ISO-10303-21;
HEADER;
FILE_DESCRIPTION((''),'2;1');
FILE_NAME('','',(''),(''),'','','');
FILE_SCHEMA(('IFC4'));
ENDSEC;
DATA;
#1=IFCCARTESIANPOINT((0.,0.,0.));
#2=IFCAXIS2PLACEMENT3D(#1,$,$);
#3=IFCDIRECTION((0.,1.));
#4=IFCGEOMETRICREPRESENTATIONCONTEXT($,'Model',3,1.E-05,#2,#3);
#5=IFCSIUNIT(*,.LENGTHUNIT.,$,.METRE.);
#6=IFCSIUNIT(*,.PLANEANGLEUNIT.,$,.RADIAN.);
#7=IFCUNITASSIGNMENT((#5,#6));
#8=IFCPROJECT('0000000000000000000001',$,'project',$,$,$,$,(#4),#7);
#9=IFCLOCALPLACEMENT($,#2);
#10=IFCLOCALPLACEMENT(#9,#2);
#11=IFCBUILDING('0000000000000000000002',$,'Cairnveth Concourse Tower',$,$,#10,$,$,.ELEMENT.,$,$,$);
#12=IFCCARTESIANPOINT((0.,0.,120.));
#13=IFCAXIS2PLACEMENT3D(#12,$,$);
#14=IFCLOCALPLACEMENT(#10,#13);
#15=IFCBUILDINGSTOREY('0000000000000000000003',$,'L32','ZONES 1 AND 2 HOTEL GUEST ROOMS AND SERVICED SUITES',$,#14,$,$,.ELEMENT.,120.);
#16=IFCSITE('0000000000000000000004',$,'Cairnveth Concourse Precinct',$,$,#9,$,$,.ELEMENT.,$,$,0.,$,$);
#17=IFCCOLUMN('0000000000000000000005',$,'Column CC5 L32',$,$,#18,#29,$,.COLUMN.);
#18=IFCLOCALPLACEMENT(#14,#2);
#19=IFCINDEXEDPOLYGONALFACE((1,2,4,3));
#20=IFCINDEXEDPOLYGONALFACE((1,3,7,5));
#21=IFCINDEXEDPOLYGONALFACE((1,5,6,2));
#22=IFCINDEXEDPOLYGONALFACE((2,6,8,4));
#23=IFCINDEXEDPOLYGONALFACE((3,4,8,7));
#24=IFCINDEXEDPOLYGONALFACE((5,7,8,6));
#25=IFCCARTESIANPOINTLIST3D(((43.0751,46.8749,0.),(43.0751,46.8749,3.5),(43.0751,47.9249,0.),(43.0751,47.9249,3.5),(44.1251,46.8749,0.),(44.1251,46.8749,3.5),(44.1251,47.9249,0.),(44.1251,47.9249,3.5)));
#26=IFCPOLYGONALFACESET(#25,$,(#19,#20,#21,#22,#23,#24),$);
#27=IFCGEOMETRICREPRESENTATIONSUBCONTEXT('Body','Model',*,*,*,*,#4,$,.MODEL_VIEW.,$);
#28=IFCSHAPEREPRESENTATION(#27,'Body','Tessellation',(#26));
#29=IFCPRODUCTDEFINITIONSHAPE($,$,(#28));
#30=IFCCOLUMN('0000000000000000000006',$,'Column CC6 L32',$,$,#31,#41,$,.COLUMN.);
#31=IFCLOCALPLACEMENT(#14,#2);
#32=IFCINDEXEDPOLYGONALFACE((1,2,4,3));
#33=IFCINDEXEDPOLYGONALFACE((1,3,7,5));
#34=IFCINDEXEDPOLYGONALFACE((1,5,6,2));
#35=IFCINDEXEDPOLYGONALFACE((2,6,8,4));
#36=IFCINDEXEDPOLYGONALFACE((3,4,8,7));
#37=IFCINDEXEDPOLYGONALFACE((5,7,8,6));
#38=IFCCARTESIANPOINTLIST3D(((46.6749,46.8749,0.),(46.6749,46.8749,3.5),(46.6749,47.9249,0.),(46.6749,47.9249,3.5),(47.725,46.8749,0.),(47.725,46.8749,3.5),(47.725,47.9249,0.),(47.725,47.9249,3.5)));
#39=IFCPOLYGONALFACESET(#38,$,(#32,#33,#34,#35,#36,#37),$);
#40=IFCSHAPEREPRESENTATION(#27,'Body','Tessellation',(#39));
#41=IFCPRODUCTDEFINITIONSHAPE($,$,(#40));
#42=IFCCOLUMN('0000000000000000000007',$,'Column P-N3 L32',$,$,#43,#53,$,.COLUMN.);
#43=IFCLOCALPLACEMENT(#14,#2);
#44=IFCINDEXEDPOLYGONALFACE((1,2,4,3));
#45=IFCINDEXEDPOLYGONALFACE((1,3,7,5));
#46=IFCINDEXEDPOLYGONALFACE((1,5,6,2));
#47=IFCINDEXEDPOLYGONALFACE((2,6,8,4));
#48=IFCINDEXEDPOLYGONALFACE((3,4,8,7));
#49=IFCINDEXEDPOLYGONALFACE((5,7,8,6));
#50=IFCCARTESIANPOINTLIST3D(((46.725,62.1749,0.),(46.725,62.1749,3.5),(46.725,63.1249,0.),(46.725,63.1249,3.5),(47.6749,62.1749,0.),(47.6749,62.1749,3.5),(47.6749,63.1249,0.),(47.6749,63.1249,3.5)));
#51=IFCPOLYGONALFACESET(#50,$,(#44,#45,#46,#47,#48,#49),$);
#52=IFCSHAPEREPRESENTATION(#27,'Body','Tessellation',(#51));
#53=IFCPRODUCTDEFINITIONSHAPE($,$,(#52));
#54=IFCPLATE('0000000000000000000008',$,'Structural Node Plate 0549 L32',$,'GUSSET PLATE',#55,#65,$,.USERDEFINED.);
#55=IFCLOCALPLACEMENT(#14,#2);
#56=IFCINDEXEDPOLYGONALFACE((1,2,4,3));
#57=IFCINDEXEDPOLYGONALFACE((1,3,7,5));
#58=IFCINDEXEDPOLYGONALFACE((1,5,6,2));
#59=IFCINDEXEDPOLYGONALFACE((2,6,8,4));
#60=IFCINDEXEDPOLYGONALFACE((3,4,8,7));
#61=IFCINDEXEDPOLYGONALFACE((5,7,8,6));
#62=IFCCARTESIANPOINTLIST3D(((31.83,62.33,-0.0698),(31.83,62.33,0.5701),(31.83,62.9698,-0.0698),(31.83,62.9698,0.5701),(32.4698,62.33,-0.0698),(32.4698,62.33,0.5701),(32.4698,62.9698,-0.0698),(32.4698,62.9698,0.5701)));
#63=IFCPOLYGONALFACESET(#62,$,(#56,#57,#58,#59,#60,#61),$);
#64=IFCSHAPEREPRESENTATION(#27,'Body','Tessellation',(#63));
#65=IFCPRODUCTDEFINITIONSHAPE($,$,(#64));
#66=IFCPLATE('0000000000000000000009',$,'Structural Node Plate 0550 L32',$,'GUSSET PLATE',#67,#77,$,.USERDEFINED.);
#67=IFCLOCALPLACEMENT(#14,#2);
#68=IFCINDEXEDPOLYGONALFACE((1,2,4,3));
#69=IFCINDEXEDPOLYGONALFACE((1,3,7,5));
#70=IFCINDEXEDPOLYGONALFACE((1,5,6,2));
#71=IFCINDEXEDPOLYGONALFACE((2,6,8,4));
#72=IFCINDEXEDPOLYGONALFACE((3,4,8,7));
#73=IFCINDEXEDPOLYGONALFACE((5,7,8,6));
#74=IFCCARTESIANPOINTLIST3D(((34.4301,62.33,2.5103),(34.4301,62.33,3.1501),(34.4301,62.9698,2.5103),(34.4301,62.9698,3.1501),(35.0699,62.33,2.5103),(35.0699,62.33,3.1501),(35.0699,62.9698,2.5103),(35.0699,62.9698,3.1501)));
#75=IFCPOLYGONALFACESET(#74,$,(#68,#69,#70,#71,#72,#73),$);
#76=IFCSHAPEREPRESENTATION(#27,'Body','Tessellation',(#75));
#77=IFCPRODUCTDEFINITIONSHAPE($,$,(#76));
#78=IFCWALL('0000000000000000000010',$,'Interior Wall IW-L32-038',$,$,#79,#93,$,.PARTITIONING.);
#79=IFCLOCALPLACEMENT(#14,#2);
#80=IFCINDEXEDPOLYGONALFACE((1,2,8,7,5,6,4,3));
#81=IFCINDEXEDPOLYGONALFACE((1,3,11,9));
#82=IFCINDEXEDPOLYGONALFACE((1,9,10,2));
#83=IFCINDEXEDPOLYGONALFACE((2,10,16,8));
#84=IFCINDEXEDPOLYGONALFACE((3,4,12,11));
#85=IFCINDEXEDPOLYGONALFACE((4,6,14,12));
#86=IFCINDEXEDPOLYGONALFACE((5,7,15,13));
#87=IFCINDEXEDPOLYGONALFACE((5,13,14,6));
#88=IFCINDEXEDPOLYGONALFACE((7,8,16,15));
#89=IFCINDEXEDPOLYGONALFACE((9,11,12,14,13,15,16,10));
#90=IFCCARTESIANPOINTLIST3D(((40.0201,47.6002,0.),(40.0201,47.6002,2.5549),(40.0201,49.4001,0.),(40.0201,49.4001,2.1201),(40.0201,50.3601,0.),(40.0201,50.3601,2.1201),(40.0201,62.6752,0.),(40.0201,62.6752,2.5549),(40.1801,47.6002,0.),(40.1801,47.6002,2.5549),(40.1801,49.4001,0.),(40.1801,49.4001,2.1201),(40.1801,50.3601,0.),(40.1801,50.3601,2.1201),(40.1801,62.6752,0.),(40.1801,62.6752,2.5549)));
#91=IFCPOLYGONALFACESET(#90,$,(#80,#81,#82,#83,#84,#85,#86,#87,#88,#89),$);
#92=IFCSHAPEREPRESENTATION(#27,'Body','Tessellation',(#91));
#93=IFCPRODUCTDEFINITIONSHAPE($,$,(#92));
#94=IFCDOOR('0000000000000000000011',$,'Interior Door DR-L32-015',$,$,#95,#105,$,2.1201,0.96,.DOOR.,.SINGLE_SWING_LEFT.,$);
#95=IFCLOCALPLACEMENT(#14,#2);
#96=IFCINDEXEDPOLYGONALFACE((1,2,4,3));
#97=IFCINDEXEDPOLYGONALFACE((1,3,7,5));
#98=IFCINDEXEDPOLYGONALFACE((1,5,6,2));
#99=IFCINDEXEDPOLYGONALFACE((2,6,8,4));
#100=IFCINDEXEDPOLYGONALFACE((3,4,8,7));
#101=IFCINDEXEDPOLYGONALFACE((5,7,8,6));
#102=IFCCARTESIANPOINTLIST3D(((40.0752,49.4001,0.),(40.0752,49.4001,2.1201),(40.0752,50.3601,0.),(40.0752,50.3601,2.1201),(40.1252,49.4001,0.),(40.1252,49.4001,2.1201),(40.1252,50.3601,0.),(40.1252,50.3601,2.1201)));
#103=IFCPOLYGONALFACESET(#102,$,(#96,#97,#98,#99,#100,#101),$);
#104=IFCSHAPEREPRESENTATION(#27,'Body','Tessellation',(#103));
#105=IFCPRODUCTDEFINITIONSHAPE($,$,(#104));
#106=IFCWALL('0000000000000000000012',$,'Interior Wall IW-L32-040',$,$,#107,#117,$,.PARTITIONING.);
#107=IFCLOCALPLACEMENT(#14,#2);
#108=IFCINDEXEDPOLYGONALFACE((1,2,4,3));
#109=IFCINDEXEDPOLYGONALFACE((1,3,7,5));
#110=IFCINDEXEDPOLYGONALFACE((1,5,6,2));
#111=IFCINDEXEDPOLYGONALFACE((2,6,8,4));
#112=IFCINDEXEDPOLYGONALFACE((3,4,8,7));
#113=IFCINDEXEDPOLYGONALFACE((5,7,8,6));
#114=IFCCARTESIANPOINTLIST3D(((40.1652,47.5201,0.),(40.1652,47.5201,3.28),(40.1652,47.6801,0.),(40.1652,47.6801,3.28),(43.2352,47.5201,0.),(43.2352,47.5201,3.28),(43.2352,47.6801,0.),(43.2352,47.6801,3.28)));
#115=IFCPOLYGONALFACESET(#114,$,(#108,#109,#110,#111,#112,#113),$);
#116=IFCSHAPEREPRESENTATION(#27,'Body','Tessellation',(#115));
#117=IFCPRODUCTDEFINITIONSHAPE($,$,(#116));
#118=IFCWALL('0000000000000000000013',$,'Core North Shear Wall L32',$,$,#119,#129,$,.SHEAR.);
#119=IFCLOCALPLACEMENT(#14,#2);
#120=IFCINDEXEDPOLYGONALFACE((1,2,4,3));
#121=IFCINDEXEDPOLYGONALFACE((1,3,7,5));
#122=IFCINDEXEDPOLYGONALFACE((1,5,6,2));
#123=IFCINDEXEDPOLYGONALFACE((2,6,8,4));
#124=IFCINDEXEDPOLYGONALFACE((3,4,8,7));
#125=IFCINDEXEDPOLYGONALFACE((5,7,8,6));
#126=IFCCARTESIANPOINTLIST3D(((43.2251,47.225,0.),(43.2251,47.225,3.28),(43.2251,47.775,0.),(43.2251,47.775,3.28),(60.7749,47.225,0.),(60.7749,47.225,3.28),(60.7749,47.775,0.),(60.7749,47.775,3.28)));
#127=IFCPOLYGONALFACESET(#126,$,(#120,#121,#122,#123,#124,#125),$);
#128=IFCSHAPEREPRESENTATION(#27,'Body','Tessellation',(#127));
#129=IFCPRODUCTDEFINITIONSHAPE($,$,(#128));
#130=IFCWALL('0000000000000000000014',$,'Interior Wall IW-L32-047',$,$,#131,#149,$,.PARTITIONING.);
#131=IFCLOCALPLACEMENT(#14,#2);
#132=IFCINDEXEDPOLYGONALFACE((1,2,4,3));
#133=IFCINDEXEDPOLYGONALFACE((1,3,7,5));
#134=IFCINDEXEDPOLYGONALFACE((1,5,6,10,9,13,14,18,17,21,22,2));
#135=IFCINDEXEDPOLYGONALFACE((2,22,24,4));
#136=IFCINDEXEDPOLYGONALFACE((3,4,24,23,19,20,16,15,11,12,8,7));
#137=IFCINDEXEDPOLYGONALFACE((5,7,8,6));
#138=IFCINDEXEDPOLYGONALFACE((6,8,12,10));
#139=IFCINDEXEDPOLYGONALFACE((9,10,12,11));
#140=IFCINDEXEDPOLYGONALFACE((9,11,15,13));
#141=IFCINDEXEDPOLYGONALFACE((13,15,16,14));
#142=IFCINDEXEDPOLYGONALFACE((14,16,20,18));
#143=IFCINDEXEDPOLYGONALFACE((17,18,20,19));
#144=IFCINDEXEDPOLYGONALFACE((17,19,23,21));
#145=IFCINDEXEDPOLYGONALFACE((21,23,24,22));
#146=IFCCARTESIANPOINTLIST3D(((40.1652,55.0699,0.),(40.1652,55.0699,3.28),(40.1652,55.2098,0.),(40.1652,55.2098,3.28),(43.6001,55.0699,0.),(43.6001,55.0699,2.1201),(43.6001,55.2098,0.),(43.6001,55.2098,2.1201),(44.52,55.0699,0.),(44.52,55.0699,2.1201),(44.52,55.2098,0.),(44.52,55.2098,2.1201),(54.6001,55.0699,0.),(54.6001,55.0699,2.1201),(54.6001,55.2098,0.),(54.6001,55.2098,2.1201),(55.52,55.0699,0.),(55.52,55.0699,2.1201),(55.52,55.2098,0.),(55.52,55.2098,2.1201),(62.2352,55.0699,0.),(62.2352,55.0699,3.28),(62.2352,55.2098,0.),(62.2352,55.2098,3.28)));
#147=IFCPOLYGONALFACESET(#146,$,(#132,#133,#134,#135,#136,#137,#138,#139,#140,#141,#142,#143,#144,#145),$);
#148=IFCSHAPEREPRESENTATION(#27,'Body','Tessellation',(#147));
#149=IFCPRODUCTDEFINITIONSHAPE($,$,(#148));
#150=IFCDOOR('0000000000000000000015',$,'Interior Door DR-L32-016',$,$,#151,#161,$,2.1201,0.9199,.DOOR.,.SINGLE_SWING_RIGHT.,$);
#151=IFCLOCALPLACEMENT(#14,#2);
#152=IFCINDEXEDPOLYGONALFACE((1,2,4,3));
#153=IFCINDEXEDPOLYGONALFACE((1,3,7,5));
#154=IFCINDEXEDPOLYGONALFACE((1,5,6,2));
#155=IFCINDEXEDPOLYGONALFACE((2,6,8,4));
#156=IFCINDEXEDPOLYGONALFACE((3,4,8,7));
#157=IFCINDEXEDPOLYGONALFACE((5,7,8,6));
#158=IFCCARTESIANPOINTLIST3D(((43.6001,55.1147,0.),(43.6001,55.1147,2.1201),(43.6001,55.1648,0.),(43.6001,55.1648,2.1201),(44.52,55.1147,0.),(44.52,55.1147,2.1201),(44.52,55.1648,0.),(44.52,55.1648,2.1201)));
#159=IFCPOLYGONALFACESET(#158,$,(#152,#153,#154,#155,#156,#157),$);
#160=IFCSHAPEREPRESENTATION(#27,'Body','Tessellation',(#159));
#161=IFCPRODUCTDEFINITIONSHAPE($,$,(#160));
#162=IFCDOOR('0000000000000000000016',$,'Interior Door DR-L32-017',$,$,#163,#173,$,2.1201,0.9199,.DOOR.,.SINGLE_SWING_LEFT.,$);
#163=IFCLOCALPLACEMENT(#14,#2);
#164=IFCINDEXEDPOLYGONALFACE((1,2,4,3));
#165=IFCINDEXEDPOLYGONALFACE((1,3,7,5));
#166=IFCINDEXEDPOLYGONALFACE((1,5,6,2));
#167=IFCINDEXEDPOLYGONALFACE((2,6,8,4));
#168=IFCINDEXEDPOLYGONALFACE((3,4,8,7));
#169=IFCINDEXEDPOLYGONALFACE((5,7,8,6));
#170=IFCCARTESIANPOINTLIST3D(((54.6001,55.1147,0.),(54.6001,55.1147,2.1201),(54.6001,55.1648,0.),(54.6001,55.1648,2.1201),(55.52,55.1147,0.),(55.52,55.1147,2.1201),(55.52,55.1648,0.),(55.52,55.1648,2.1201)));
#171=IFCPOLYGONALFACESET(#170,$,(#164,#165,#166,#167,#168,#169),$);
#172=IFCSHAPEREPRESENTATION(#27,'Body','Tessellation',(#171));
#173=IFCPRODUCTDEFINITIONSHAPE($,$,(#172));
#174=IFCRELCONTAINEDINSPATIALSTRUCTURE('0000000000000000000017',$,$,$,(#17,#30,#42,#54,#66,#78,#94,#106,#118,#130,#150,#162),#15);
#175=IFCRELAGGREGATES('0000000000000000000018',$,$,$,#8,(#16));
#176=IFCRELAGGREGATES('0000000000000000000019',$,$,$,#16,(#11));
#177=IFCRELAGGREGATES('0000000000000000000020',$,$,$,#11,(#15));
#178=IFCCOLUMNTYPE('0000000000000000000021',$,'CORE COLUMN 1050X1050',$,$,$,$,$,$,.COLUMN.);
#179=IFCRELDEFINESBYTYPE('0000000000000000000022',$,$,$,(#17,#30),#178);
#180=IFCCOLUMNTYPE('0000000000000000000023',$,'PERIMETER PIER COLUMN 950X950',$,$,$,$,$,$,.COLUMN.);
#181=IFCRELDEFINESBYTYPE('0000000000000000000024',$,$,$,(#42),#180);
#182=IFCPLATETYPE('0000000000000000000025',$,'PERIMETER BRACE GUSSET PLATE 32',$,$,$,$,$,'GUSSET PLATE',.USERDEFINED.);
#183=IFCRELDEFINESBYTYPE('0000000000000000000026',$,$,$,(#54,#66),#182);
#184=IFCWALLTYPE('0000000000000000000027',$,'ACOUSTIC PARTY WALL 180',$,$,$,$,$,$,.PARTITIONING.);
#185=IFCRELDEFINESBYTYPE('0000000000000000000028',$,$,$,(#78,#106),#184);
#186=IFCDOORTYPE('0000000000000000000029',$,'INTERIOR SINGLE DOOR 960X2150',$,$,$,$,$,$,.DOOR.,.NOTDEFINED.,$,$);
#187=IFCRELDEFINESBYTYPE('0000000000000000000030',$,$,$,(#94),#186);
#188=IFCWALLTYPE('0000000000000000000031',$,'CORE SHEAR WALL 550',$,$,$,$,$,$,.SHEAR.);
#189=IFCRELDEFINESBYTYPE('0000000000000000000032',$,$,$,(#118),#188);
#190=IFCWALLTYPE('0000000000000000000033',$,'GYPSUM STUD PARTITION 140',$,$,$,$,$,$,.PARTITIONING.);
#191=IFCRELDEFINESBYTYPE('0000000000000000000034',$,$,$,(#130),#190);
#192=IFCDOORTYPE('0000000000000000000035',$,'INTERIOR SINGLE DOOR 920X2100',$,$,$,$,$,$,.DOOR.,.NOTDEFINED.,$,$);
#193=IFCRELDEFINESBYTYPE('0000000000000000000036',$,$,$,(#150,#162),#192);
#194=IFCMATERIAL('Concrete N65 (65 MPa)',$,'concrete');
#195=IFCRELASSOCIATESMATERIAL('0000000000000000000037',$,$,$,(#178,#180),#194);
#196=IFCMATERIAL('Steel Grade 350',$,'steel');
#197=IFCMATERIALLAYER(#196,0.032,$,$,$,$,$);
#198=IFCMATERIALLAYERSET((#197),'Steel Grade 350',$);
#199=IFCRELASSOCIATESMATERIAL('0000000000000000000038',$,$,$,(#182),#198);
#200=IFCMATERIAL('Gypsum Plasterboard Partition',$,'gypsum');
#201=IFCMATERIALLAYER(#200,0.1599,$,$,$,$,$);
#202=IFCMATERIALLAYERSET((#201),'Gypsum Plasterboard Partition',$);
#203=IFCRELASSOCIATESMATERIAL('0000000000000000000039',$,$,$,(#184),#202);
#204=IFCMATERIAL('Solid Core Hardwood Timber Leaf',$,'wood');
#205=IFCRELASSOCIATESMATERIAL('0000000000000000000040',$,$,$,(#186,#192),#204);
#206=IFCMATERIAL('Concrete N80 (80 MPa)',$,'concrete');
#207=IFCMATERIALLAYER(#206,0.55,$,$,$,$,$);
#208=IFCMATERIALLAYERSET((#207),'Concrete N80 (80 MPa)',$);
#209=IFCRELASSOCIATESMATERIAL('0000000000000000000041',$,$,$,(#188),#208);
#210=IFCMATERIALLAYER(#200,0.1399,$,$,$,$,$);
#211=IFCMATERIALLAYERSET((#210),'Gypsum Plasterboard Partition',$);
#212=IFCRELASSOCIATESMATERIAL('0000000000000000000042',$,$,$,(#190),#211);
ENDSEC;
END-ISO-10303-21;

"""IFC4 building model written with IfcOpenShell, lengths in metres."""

from ifc_helpers import new_model, si_unit, direction, frame, frame_2d, origin, origin_2d, place, context, subcontext, project, spatial, rectangle, extrude, material, layer, layer_set, material_profile, profile_set, type_object, element, fill, save


model = new_model("IFC4")

# Units and contexts
model_context = context("Model", 3, precision=1e-05, world=origin(), true_north=direction((0.0, 1.0)))
body_context = subcontext(model_context, "Body", "Model", "MODEL_VIEW")
ifc_project = project(units=[si_unit("LENGTHUNIT", "METRE"), si_unit("PLANEANGLEUNIT", "RADIAN")], contexts=[model_context])

# Site, building, storey
site_placement = place(None, origin())
site = spatial("IfcSite", under=ifc_project, at=site_placement, Name="Cairnveth Concourse Precinct", CompositionType="ELEMENT", RefElevation=0.0)
building_placement = place(site_placement, origin())
building = spatial("IfcBuilding", under=site, at=building_placement, Name="Cairnveth Concourse Tower", CompositionType="ELEMENT")
storey_placement = place(building_placement, frame((0.0, 0.0, 120.0)))
storey = spatial("IfcBuildingStorey", under=building, at=storey_placement, Name="L32", Description="ZONES 1 AND 2 HOTEL GUEST ROOMS AND SERVICED SUITES", CompositionType="ELEMENT", Elevation=120.0)

# Columns
ifc_material_1 = material(Name="Concrete N65 (65 MPa)", Category="concrete")
ifc_material_profile_1 = material_profile(ifc_material_1, rectangle(XDim=1.05, YDim=1.05, at=origin_2d()), Name="RC-COL-1050x1050")
ifc_profile_set_1 = profile_set([ifc_material_profile_1], Name="Concrete N65 (65 MPa)")
column_type_1 = type_object("IfcColumnType", Name="CORE COLUMN 1050X1050", PredefinedType="COLUMN", material=ifc_profile_set_1)
for number, where, z_axis, x_axis, name in (
    (1, (43.6001, 47.3999, 0.0), (0.0, 0.0, 1.0), (1.0, 0.0, 0.0), "Column CC5 L32"),
    (2, (47.2, 47.3999, 0.0), (0.0, 0.0, 1.0), (1.0, 0.0, 0.0), "Column CC6 L32"),
):
    element("IfcColumn", number, at=place(storey_placement, frame(where, z_axis=z_axis, x_axis=x_axis)), inside=storey, type_object=column_type_1, Name=name, PredefinedType="COLUMN", context=body_context, shape_type="SweptSolid", body=[
        extrude(rectangle(XDim=1.05, YDim=1.05, at=origin_2d()), origin(), (0.0, 0.0, 1.0), 3.5),
    ])
ifc_material_profile_2 = material_profile(ifc_material_1, rectangle(XDim=0.95, YDim=0.95, at=origin_2d()), Name="RC-COL-950x950")
ifc_profile_set_2 = profile_set([ifc_material_profile_2], Name="Concrete N65 (65 MPa)")
column_type_2 = type_object("IfcColumnType", Name="PERIMETER PIER COLUMN 950X950", PredefinedType="COLUMN", material=ifc_profile_set_2)
column_placement = place(storey_placement, frame((47.2, 62.6499, 0.0), z_axis=(0.0, 0.0, 1.0), x_axis=(1.0, 0.0, 0.0)))
element("IfcColumn", 3, at=column_placement, inside=storey, type_object=column_type_2, Name="Column P-N3 L32", PredefinedType="COLUMN", context=body_context, shape_type="SweptSolid", body=[
    extrude(rectangle(XDim=0.95, YDim=0.95, at=origin_2d()), origin(), (0.0, 0.0, 1.0), 3.5),
])

# Plates
ifc_material_2 = material(Name="Steel Grade 350", Category="steel")
ifc_layer_1 = layer(ifc_material_2, 0.032)
ifc_layer_set_1 = layer_set([ifc_layer_1], Name="Steel Grade 350")
plate_type = type_object("IfcPlateType", Name="PERIMETER BRACE GUSSET PLATE 32", ElementType="GUSSET PLATE", PredefinedType="USERDEFINED", material=ifc_layer_set_1)
for number, where, z_axis, x_axis, name in (
    (4, (32.1499, 62.6499, -0.0698), (0.0, 0.0, 1.0), (1.0, 0.0, 0.0), "Structural Node Plate 0549 L32"),
    (5, (34.75, 62.6499, 2.5103), (0.0, 0.0, 1.0), (1.0, 0.0, 0.0), "Structural Node Plate 0550 L32"),
):
    element("IfcPlate", number, at=place(storey_placement, frame(where, z_axis=z_axis, x_axis=x_axis)), inside=storey, type_object=plate_type, Name=name, ObjectType="GUSSET PLATE", PredefinedType="USERDEFINED", context=body_context, shape_type="SweptSolid", body=[
        extrude(rectangle(XDim=0.6399, YDim=0.6399, at=origin_2d()), origin(), (0.0, 0.0, 1.0), 0.6399),
    ])

# Wall, opening, door
ifc_material_3 = material(Name="Gypsum Plasterboard Partition", Category="gypsum")
ifc_layer_2 = layer(ifc_material_3, 0.1599)
ifc_layer_set_2 = layer_set([ifc_layer_2], Name="Gypsum Plasterboard Partition")
wall_type_1 = type_object("IfcWallType", Name="ACOUSTIC PARTY WALL 180", PredefinedType="PARTITIONING", material=ifc_layer_set_2)
wall_1_placement = place(storey_placement, frame((40.1001, 47.6001, 0.0), z_axis=(0.0, 0.0, 1.0), x_axis=(0.0, 1.0, 0.0)))
wall_1 = element("IfcWall", 6, at=wall_1_placement, inside=storey, type_object=wall_type_1, Name="Interior Wall IW-L32-038", PredefinedType="PARTITIONING", context=body_context, shape_type="SweptSolid", body=[
    extrude(rectangle(XDim=15.075, YDim=0.1599, at=frame_2d((7.5376, 0.0))), origin(), (0.0, 0.0, 1.0), 2.5549),
])
opening_1_placement = place(wall_1_placement, frame((1.8, 0.0, 0.0)))
opening_1 = element("IfcOpeningElement", 7, at=opening_1_placement, cuts=wall_1, PredefinedType="OPENING", context=body_context, shape_type="SweptSolid", body=[
    extrude(rectangle(XDim=0.96, YDim=2.1201, at=frame_2d((0.48, 1.0601))), frame((0.0, 0.0898, 0.0), z_axis=(0.0, -1.0, 0.0), x_axis=(1.0, 0.0, 0.0)), (0.0, 0.0, 1.0), 0.1799),
])
ifc_material_4 = material(Name="Solid Core Hardwood Timber Leaf", Category="wood")
door_type_1 = type_object("IfcDoorType", Name="INTERIOR SINGLE DOOR 960X2150", OperationType="NOTDEFINED", PredefinedType="DOOR", material=ifc_material_4)
door_1_placement = place(opening_1_placement, origin())
door_1 = element("IfcDoor", 8, at=door_1_placement, inside=storey, type_object=door_type_1, Name="Interior Door DR-L32-015", OperationType="SINGLE_SWING_LEFT", OverallHeight=2.1201, OverallWidth=0.96, PredefinedType="DOOR", context=body_context, shape_type="SweptSolid", body=[
    extrude(rectangle(XDim=0.96, YDim=2.1201, at=frame_2d((0.48, 1.0601))), frame((0.0, 0.0249, 0.0), z_axis=(0.0, -1.0, 0.0), x_axis=(1.0, 0.0, 0.0)), (0.0, 0.0, 1.0), 0.05),
])
fill(opening_1, door_1)

# Walls
wall_2_placement = place(storey_placement, frame((40.165, 47.6001, 0.0), z_axis=(0.0, 0.0, 1.0), x_axis=(1.0, 0.0, 0.0)))
element("IfcWall", 9, at=wall_2_placement, inside=storey, type_object=wall_type_1, Name="Interior Wall IW-L32-040", PredefinedType="PARTITIONING", context=body_context, shape_type="SweptSolid", body=[
    extrude(rectangle(XDim=3.0701, YDim=0.1599, at=frame_2d((1.5352, 0.0))), origin(), (0.0, 0.0, 1.0), 3.28),
])
ifc_material_5 = material(Name="Concrete N80 (80 MPa)", Category="concrete")
ifc_layer_3 = layer(ifc_material_5, 0.55)
ifc_layer_set_3 = layer_set([ifc_layer_3], Name="Concrete N80 (80 MPa)")
wall_type_2 = type_object("IfcWallType", Name="CORE SHEAR WALL 550", PredefinedType="SHEAR", material=ifc_layer_set_3)
wall_3_placement = place(storey_placement, frame((43.2251, 47.5, 0.0), z_axis=(0.0, 0.0, 1.0), x_axis=(1.0, 0.0, 0.0)))
element("IfcWall", 10, at=wall_3_placement, inside=storey, type_object=wall_type_2, Name="Core North Shear Wall L32", PredefinedType="SHEAR", context=body_context, shape_type="SweptSolid", body=[
    extrude(rectangle(XDim=17.5498, YDim=0.55, at=frame_2d((8.7749, 0.0))), origin(), (0.0, 0.0, 1.0), 3.28),
])

# Wall, openings, doors
ifc_layer_4 = layer(ifc_material_3, 0.1399)
ifc_layer_set_4 = layer_set([ifc_layer_4], Name="Gypsum Plasterboard Partition")
wall_type_3 = type_object("IfcWallType", Name="GYPSUM STUD PARTITION 140", PredefinedType="PARTITIONING", material=ifc_layer_set_4)
wall_4_placement = place(storey_placement, frame((40.165, 55.1399, 0.0), z_axis=(0.0, 0.0, 1.0), x_axis=(1.0, 0.0, 0.0)))
wall_4 = element("IfcWall", 11, at=wall_4_placement, inside=storey, type_object=wall_type_3, Name="Interior Wall IW-L32-047", PredefinedType="PARTITIONING", context=body_context, shape_type="SweptSolid", body=[
    extrude(rectangle(XDim=22.0701, YDim=0.1399, at=frame_2d((11.0352, 0.0))), origin(), (0.0, 0.0, 1.0), 3.28),
])
opening_2_placement = place(wall_4_placement, frame((3.4351, 0.0, 0.0)))
opening_2 = element("IfcOpeningElement", 12, at=opening_2_placement, cuts=wall_4, PredefinedType="OPENING", context=body_context, shape_type="SweptSolid", body=[
    extrude(rectangle(XDim=0.9199, YDim=2.1201, at=frame_2d((0.46, 1.0601))), frame((0.0, 0.0798, 0.0), z_axis=(0.0, -1.0, 0.0), x_axis=(1.0, 0.0, 0.0)), (0.0, 0.0, 1.0), 0.1599),
])
opening_3_placement = place(wall_4_placement, frame((14.4351, 0.0, 0.0)))
opening_3 = element("IfcOpeningElement", 13, at=opening_3_placement, cuts=wall_4, PredefinedType="OPENING", context=body_context, shape_type="SweptSolid", body=[
    extrude(rectangle(XDim=0.9199, YDim=2.1201, at=frame_2d((0.46, 1.0601))), frame((0.0, 0.0798, 0.0), z_axis=(0.0, -1.0, 0.0), x_axis=(1.0, 0.0, 0.0)), (0.0, 0.0, 1.0), 0.1599),
])
door_type_2 = type_object("IfcDoorType", Name="INTERIOR SINGLE DOOR 920X2100", OperationType="NOTDEFINED", PredefinedType="DOOR", material=ifc_material_4)
door_2_placement = place(opening_2_placement, origin())
door_2 = element("IfcDoor", 14, at=door_2_placement, inside=storey, type_object=door_type_2, Name="Interior Door DR-L32-016", OperationType="SINGLE_SWING_RIGHT", OverallHeight=2.1201, OverallWidth=0.9199, PredefinedType="DOOR", context=body_context, shape_type="SweptSolid", body=[
    extrude(rectangle(XDim=0.9199, YDim=2.1201, at=frame_2d((0.46, 1.0601))), frame((0.0, 0.0249, 0.0), z_axis=(0.0, -1.0, 0.0), x_axis=(1.0, 0.0, 0.0)), (0.0, 0.0, 1.0), 0.05),
])
fill(opening_2, door_2)
door_3_placement = place(opening_3_placement, origin())
door_3 = element("IfcDoor", 15, at=door_3_placement, inside=storey, type_object=door_type_2, Name="Interior Door DR-L32-017", OperationType="SINGLE_SWING_LEFT", OverallHeight=2.1201, OverallWidth=0.9199, PredefinedType="DOOR", context=body_context, shape_type="SweptSolid", body=[
    extrude(rectangle(XDim=0.9199, YDim=2.1201, at=frame_2d((0.46, 1.0601))), frame((0.0, 0.0249, 0.0), z_axis=(0.0, -1.0, 0.0), x_axis=(1.0, 0.0, 0.0)), (0.0, 0.0, 1.0), 0.05),
])
fill(opening_3, door_3)

save(model, "model.ifc")
